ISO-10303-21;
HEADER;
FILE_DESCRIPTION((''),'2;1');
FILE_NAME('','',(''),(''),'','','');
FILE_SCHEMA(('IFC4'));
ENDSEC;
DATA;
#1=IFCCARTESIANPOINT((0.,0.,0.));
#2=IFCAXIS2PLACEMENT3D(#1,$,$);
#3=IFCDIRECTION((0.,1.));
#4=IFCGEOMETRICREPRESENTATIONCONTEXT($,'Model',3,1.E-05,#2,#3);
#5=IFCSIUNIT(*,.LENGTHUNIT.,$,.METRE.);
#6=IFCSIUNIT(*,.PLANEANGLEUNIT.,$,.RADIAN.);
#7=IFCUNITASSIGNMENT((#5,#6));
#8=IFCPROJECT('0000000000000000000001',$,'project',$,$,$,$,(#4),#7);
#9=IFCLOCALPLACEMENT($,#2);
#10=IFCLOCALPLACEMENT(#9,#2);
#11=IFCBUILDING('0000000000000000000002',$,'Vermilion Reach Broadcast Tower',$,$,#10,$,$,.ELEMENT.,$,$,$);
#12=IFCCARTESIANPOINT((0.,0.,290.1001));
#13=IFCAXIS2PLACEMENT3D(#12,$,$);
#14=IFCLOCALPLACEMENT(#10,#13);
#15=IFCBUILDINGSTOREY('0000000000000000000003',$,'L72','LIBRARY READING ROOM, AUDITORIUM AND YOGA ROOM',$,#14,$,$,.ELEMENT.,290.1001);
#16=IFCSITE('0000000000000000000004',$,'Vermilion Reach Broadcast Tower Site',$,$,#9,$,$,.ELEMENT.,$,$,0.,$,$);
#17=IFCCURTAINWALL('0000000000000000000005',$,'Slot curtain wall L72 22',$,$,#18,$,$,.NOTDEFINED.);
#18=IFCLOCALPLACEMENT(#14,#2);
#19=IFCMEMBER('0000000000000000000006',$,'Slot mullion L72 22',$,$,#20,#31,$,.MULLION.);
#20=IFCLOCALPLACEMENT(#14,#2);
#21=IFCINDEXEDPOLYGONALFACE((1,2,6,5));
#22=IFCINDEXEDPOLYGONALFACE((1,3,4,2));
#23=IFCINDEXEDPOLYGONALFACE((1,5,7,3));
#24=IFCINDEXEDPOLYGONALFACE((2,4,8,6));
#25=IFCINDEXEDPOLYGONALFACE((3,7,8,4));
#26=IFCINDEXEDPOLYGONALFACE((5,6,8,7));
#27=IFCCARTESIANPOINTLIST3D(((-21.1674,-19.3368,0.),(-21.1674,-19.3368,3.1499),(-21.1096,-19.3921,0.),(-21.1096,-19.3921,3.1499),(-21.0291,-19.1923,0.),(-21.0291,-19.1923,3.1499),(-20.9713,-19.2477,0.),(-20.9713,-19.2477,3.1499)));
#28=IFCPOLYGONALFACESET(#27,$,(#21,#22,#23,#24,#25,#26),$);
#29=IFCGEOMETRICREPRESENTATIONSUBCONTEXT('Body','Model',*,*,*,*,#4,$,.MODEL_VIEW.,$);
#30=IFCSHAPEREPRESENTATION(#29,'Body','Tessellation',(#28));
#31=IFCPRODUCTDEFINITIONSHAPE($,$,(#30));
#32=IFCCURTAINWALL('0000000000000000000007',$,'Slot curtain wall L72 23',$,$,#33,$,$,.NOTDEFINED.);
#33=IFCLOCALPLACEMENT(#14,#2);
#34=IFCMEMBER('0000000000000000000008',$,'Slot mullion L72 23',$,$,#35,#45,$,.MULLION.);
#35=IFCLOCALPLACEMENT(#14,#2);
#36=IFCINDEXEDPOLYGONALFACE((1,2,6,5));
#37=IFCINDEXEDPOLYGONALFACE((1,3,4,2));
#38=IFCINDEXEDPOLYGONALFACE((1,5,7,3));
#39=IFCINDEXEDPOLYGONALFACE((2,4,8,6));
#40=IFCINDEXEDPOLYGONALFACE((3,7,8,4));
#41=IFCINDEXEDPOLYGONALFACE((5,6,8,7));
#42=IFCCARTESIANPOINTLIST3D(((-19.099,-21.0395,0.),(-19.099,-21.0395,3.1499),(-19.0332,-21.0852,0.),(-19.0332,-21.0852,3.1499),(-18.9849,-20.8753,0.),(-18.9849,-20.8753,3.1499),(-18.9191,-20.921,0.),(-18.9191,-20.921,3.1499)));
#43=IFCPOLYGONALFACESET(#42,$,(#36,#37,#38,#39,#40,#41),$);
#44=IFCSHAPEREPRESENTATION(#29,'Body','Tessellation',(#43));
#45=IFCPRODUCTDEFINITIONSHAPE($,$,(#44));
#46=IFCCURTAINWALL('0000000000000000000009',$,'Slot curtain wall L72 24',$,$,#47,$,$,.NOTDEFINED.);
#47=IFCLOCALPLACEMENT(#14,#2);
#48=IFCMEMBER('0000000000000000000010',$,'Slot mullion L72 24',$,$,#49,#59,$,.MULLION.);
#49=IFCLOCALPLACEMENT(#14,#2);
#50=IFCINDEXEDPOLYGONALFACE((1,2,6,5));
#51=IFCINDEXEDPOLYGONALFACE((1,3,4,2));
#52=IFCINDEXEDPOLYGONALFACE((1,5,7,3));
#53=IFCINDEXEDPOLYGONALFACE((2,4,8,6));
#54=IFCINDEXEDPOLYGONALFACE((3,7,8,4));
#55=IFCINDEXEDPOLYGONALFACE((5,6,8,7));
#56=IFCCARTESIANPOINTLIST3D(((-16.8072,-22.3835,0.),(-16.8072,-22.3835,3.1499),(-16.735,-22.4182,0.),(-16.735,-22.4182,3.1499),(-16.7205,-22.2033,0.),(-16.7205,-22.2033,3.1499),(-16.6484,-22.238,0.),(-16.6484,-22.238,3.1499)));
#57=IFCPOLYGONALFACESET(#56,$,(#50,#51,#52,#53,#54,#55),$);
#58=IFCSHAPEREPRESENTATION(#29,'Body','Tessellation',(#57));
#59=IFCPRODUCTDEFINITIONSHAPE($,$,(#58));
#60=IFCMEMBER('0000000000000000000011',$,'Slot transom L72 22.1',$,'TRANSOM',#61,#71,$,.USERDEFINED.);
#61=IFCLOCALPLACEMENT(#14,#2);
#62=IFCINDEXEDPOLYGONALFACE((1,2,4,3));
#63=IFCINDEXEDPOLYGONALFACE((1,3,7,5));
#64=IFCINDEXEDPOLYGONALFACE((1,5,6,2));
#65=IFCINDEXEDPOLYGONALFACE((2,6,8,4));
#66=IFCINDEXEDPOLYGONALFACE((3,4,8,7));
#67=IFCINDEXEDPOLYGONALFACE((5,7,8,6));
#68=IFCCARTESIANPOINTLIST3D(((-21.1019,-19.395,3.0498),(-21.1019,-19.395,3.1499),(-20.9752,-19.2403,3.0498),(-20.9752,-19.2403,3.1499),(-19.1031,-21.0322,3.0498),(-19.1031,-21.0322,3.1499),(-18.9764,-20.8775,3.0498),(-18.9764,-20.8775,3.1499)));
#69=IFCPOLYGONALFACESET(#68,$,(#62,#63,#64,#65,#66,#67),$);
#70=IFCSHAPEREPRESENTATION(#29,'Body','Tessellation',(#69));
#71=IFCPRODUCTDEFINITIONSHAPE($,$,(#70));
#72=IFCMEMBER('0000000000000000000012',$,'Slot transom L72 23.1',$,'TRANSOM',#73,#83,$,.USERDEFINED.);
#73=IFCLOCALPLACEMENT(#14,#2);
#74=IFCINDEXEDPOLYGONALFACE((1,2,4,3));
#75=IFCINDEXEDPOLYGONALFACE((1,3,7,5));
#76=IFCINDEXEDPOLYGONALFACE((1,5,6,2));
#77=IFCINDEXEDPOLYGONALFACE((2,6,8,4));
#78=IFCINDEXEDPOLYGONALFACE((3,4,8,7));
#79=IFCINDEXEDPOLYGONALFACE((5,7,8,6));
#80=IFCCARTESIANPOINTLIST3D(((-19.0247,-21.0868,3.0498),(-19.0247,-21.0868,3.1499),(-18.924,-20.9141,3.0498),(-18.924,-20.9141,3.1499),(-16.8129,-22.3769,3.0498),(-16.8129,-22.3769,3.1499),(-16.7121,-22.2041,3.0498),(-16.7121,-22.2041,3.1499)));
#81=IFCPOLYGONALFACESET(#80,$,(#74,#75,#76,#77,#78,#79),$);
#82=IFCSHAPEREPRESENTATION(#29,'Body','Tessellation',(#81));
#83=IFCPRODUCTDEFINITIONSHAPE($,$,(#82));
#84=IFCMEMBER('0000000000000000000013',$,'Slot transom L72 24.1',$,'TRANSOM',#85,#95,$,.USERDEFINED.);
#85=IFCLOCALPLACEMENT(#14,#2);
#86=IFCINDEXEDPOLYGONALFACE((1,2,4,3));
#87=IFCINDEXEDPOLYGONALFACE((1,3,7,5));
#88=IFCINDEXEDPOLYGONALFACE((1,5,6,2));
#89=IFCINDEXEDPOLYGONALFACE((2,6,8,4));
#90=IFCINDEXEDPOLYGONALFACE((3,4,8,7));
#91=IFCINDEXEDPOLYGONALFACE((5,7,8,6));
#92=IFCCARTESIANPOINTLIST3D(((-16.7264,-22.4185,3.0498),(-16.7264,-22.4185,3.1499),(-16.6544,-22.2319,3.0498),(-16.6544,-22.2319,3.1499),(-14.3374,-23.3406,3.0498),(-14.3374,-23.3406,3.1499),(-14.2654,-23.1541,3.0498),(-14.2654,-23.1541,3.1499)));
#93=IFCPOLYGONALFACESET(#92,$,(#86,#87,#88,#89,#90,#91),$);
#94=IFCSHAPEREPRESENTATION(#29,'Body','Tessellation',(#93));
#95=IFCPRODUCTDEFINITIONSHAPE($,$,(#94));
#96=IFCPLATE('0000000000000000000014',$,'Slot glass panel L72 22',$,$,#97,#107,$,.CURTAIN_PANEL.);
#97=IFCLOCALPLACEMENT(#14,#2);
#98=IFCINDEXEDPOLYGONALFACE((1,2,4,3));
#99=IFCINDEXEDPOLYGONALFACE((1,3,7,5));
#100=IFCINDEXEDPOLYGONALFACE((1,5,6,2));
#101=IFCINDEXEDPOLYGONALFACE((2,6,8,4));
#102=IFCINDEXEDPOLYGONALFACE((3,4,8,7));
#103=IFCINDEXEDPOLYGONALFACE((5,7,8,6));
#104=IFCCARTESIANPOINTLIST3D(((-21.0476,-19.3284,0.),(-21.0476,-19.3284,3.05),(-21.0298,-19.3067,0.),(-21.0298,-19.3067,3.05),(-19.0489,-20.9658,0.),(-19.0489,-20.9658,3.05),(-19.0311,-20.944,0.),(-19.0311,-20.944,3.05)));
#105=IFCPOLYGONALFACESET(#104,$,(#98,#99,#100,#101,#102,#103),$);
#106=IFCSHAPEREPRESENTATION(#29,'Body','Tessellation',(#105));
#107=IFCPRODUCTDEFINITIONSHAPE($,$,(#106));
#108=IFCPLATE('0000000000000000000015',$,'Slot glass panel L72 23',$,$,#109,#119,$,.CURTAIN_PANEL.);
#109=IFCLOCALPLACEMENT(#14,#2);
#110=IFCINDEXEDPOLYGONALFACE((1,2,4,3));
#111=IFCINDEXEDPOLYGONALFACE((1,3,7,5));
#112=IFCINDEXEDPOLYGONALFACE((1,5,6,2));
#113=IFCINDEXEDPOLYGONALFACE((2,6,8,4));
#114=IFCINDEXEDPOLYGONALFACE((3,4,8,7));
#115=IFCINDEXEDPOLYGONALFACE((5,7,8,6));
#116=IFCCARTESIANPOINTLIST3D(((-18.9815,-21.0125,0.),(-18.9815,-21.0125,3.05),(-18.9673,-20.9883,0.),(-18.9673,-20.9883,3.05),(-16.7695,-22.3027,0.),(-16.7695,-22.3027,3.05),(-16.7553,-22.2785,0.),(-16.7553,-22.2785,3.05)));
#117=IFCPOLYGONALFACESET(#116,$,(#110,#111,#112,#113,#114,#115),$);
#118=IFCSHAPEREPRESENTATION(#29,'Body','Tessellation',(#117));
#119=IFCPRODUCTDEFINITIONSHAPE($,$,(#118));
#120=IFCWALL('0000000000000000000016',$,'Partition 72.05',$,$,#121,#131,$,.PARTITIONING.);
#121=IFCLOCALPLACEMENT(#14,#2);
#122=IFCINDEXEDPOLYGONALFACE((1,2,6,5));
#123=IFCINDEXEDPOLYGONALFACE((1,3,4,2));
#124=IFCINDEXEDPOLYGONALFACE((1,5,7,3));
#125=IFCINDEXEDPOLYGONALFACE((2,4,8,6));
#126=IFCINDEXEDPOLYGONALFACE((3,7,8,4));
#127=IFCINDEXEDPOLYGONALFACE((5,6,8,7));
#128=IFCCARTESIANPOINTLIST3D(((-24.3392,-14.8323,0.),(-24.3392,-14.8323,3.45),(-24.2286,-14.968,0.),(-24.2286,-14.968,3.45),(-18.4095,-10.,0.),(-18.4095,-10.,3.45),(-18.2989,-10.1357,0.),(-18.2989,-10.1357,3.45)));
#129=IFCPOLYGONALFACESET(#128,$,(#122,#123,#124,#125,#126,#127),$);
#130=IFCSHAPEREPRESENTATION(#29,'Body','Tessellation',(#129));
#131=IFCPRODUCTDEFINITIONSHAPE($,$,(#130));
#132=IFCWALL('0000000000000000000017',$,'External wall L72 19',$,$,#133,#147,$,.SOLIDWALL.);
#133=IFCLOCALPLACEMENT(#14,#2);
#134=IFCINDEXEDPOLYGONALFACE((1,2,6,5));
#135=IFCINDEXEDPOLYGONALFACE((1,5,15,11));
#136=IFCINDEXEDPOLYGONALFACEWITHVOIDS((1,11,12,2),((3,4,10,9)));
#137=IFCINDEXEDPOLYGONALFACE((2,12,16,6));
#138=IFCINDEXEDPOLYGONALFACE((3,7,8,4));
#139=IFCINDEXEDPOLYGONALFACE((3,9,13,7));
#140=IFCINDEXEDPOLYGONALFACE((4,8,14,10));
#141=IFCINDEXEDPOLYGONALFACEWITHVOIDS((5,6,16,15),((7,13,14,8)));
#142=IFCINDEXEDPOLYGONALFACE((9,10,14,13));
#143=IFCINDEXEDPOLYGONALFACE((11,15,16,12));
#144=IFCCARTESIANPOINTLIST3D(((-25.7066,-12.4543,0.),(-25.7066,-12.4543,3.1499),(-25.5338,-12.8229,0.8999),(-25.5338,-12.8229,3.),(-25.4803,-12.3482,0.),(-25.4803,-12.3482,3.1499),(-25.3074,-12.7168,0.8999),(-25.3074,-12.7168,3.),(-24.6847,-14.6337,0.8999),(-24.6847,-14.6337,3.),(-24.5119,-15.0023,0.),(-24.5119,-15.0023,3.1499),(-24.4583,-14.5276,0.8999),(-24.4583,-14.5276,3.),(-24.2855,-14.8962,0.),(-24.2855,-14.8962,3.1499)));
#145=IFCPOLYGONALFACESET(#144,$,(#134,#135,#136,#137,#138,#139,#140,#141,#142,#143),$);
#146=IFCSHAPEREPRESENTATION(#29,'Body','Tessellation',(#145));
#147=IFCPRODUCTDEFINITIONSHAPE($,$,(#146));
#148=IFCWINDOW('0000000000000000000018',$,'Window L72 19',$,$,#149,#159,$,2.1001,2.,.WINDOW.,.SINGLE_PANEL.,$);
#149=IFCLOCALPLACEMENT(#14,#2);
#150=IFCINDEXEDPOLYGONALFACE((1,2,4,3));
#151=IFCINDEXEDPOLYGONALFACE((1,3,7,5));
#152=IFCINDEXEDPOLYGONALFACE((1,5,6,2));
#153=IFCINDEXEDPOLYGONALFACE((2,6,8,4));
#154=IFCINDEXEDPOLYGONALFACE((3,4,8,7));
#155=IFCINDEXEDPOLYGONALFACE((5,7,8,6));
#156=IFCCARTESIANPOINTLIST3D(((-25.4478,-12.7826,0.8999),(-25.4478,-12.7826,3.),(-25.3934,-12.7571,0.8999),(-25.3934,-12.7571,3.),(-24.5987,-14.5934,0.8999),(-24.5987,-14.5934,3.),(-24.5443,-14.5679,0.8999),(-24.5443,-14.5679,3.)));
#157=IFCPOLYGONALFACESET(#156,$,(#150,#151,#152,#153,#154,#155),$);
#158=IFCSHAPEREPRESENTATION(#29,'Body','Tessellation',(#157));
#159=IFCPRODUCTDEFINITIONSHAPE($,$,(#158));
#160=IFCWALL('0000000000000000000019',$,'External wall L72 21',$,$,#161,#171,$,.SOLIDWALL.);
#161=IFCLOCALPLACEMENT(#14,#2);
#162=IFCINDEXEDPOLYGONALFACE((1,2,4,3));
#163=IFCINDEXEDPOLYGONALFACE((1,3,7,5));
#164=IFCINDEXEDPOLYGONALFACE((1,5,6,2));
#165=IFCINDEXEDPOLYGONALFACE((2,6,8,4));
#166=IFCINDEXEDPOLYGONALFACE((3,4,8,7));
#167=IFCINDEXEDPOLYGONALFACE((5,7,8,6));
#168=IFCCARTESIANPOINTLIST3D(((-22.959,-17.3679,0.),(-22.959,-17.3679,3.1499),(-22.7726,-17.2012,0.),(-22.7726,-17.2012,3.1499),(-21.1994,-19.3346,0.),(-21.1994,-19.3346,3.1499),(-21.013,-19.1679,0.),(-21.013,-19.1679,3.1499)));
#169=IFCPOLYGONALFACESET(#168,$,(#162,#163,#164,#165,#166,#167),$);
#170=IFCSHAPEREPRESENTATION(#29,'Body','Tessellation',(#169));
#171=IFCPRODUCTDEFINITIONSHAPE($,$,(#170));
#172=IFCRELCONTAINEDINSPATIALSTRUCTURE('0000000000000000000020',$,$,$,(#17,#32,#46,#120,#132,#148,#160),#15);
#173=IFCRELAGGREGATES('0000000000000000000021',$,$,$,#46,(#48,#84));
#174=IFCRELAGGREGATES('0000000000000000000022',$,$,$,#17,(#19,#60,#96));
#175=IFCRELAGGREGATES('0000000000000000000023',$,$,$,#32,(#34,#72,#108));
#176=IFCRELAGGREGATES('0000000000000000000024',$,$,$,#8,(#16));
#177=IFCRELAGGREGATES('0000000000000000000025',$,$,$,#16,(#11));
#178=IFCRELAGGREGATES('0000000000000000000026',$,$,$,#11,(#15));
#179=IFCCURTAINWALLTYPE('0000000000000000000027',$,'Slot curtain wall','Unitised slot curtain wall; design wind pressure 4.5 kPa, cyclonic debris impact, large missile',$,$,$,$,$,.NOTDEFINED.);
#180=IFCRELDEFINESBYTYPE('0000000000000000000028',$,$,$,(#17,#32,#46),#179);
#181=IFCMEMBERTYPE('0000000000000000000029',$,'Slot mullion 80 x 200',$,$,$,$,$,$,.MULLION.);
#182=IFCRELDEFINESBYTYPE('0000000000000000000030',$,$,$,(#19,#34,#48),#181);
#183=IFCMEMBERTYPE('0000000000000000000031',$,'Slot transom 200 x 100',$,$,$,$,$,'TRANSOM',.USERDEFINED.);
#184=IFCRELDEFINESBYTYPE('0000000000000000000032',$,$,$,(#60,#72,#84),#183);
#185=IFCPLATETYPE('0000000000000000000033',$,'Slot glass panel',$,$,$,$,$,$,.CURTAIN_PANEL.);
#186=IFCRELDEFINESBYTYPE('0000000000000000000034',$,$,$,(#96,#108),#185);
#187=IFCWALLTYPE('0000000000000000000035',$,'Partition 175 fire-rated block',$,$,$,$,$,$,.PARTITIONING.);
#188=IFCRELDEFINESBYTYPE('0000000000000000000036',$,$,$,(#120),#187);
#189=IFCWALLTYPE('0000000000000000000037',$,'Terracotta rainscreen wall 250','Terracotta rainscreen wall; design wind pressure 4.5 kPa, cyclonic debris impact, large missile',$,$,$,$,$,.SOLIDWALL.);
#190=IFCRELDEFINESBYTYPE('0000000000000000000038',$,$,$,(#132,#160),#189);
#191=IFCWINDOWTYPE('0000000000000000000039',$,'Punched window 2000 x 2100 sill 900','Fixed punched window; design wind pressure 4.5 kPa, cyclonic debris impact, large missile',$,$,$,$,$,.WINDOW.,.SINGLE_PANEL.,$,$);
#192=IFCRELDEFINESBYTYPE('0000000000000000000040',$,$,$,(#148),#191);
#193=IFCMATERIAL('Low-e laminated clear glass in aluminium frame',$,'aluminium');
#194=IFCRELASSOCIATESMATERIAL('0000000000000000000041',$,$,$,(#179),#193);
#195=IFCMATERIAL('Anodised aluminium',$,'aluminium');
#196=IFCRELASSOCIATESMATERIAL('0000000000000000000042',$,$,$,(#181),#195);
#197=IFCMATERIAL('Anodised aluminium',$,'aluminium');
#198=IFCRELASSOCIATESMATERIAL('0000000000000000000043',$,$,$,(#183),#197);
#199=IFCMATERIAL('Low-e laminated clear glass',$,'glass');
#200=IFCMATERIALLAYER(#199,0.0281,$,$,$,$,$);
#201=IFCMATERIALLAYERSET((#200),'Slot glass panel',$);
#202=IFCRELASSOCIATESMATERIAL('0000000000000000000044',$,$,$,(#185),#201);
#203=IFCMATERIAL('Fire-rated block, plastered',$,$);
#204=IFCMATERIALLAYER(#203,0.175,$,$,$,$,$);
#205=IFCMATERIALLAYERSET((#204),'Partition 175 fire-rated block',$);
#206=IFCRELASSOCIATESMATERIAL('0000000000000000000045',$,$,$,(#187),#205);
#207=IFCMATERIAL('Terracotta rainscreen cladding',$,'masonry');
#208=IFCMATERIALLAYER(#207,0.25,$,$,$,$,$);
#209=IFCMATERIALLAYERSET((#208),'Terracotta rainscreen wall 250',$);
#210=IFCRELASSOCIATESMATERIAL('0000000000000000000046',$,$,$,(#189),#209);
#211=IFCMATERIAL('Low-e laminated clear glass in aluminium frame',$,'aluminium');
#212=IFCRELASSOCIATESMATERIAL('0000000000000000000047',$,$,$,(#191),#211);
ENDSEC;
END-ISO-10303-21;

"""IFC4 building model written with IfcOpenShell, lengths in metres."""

from ifc_helpers import new_model, si_unit, direction, frame, frame_2d, origin, origin_2d, place, context, subcontext, project, spatial, rectangle, extrude, material, layer, layer_set, material_profile, profile_set, type_object, element, fill, aggregate, save


model = new_model("IFC4")

# Units and contexts
model_context = context("Model", 3, precision=1e-05, world=origin(), true_north=direction((0.0, 1.0)))
body_context = subcontext(model_context, "Body", "Model", "MODEL_VIEW")
ifc_project = project(units=[si_unit("LENGTHUNIT", "METRE"), si_unit("PLANEANGLEUNIT", "RADIAN")], contexts=[model_context])

# Site, building, storey
site_placement = place(None, origin())
site = spatial("IfcSite", under=ifc_project, at=site_placement, Name="Vermilion Reach Broadcast Tower Site", CompositionType="ELEMENT", RefElevation=0.0)
building_placement = place(site_placement, origin())
building = spatial("IfcBuilding", under=site, at=building_placement, Name="Vermilion Reach Broadcast Tower", CompositionType="ELEMENT")
storey_placement = place(building_placement, frame((0.0, 0.0, 290.1001)))
storey = spatial("IfcBuildingStorey", under=building, at=storey_placement, Name="L72", Description="LIBRARY READING ROOM, AUDITORIUM AND YOGA ROOM", CompositionType="ELEMENT", Elevation=290.1001)

# Curtain walls, members
ifc_material_1 = material(Name="Low-e laminated clear glass in aluminium frame", Category="aluminium")
curtain_wall_type = type_object("IfcCurtainWallType", Name="Slot curtain wall", Description="Unitised slot curtain wall; design wind pressure 4.5 kPa, cyclonic debris impact, large missile", PredefinedType="NOTDEFINED", material=ifc_material_1)
placement = place(storey_placement, origin())
curtain_wall_1 = element("IfcCurtainWall", 1, at=placement, inside=storey, type_object=curtain_wall_type, Name="Slot curtain wall L72 22", PredefinedType="NOTDEFINED")
ifc_material_2 = material(Name="Anodised aluminium", Category="aluminium")
ifc_material_profile_1 = material_profile(ifc_material_2, rectangle(XDim=0.2, YDim=0.0801, at=origin_2d()), Name="Slot mullion 80 x 200")
ifc_profile_set_1 = profile_set([ifc_material_profile_1], Name="Anodised aluminium")
member_type_1 = type_object("IfcMemberType", Name="Slot mullion 80 x 200", PredefinedType="MULLION", material=ifc_profile_set_1)
member_1_placement = place(storey_placement, frame((-21.0693, -19.2922, 0.0), z_axis=(0.0, 0.0, 1.0), x_axis=(0.691557, 0.722322, 0.0)))
member_1 = element("IfcMember", 2, at=member_1_placement, type_object=member_type_1, Name="Slot mullion L72 22", PredefinedType="MULLION", context=body_context, shape_type="SweptSolid", body=[
    extrude(rectangle(XDim=0.2, YDim=0.0801, at=origin_2d()), origin(), (0.0, 0.0, 1.0), 3.1499),
])
curtain_wall_2 = element("IfcCurtainWall", 3, at=placement, inside=storey, type_object=curtain_wall_type, Name="Slot curtain wall L72 23", PredefinedType="NOTDEFINED")
member_2_placement = place(storey_placement, frame((-19.009, -20.9802, 0.0), z_axis=(0.0, 0.0, 1.0), x_axis=(0.570555, 0.82126, 0.0)))
member_2 = element("IfcMember", 4, at=member_2_placement, type_object=member_type_1, Name="Slot mullion L72 23", PredefinedType="MULLION", context=body_context, shape_type="SweptSolid", body=[
    extrude(rectangle(XDim=0.2, YDim=0.0801, at=origin_2d()), origin(), (0.0, 0.0, 1.0), 3.1499),
])
curtain_wall_3 = element("IfcCurtainWall", 5, at=placement, inside=storey, type_object=curtain_wall_type, Name="Slot curtain wall L72 24", PredefinedType="NOTDEFINED")
member_3_placement = place(storey_placement, frame((-16.7278, -22.3108, 0.0), z_axis=(0.0, 0.0, 1.0), x_axis=(0.433345, 0.901228, 0.0)))
member_3 = element("IfcMember", 6, at=member_3_placement, type_object=member_type_1, Name="Slot mullion L72 24", PredefinedType="MULLION", context=body_context, shape_type="SweptSolid", body=[
    extrude(rectangle(XDim=0.2, YDim=0.0801, at=origin_2d()), origin(), (0.0, 0.0, 1.0), 3.1499),
])

# Members
ifc_material_3 = material(Name="Anodised aluminium", Category="aluminium")
ifc_material_profile_2 = material_profile(ifc_material_3, rectangle(XDim=0.2, YDim=0.1001, at=origin_2d()), Name="Slot transom 200 x 100")
ifc_profile_set_2 = profile_set([ifc_material_profile_2], Name="Anodised aluminium")
member_type_2 = type_object("IfcMemberType", Name="Slot transom 200 x 100", ElementType="TRANSOM", PredefinedType="USERDEFINED", material=ifc_profile_set_2)
member_4_placement = place(storey_placement, frame((-21.0386, -19.3176, 3.0999), z_axis=(0.773608, -0.633665, 0.0), x_axis=(0.633665, 0.773608, 0.0)))
member_4 = element("IfcMember", 7, at=member_4_placement, type_object=member_type_2, Name="Slot transom L72 22.1", ObjectType="TRANSOM", PredefinedType="USERDEFINED", context=body_context, shape_type="SweptSolid", body=[
    extrude(rectangle(XDim=0.2, YDim=0.1001, at=origin_2d()), origin(), (0.0, 0.0, 1.0), 2.5837),
])
member_5_placement = place(storey_placement, frame((-18.9744, -21.0005, 3.0999), z_axis=(0.86382, -0.5038, 0.0), x_axis=(0.5038, 0.86382, 0.0)))
member_5 = element("IfcMember", 8, at=member_5_placement, type_object=member_type_2, Name="Slot transom L72 23.1", ObjectType="TRANSOM", PredefinedType="USERDEFINED", context=body_context, shape_type="SweptSolid", body=[
    extrude(rectangle(XDim=0.2, YDim=0.1001, at=origin_2d()), origin(), (0.0, 0.0, 1.0), 2.5605),
])
member_6_placement = place(storey_placement, frame((-16.6904, -22.3252, 3.0999), z_axis=(0.932912, -0.360103, 0.0), x_axis=(0.360103, 0.932912, 0.0)))
member_6 = element("IfcMember", 9, at=member_6_placement, type_object=member_type_2, Name="Slot transom L72 24.1", ObjectType="TRANSOM", PredefinedType="USERDEFINED", context=body_context, shape_type="SweptSolid", body=[
    extrude(rectangle(XDim=0.2, YDim=0.1001, at=origin_2d()), origin(), (0.0, 0.0, 1.0), 2.5608),
])
aggregate(curtain_wall_3, [member_3, member_6])

# Plates
ifc_material_4 = material(Name="Low-e laminated clear glass", Category="glass")
ifc_layer_1 = layer(ifc_material_4, 0.0281)
ifc_layer_set_1 = layer_set([ifc_layer_1], Name="Slot glass panel")
plate_type = type_object("IfcPlateType", Name="Slot glass panel", PredefinedType="CURTAIN_PANEL", material=ifc_layer_set_1)
plate_1_placement = place(storey_placement, frame((-20.0393, -20.1362, 0.0), z_axis=(0.0, 0.0, 1.0), x_axis=(0.773568, -0.633713, 0.0)))
plate_1 = element("IfcPlate", 10, at=plate_1_placement, type_object=plate_type, Name="Slot glass panel L72 22", PredefinedType="CURTAIN_PANEL", context=body_context, shape_type="SweptSolid", body=[
    extrude(rectangle(XDim=2.5837, YDim=0.0281, at=origin_2d()), origin(), (0.0, 0.0, 1.0), 3.05),
])
aggregate(curtain_wall_1, [member_1, member_4, plate_1])
plate_2_placement = place(storey_placement, frame((-17.8684, -21.6455, 0.0), z_axis=(0.0, 0.0, 1.0), x_axis=(0.863807, -0.503823, 0.0)))
plate_2 = element("IfcPlate", 11, at=plate_2_placement, type_object=plate_type, Name="Slot glass panel L72 23", PredefinedType="CURTAIN_PANEL", context=body_context, shape_type="SweptSolid", body=[
    extrude(rectangle(XDim=2.5608, YDim=0.0281, at=origin_2d()), origin(), (0.0, 0.0, 1.0), 3.05),
])
aggregate(curtain_wall_2, [member_2, member_5, plate_2])

# Wall
ifc_material_5 = material(Name="Fire-rated block, plastered")
ifc_layer_2 = layer(ifc_material_5, 0.175)
ifc_layer_set_2 = layer_set([ifc_layer_2], Name="Partition 175 fire-rated block")
wall_type_1 = type_object("IfcWallType", Name="Partition 175 fire-rated block", PredefinedType="PARTITIONING", material=ifc_layer_set_2)
wall_1_placement = place(storey_placement, frame((-24.2839, -14.9001, 0.0), z_axis=(0.0, 0.0, 1.0), x_axis=(0.775192, 0.631726, 0.0)))
element("IfcWall", 12, at=wall_1_placement, inside=storey, type_object=wall_type_1, Name="Partition 72.05", PredefinedType="PARTITIONING", context=body_context, shape_type="SweptSolid", body=[
    extrude(rectangle(XDim=7.6494, YDim=0.175, at=frame_2d((3.8247, 0.0))), origin(), (0.0, 0.0, 1.0), 3.45),
])

# Wall, opening, window
ifc_material_6 = material(Name="Terracotta rainscreen cladding", Category="masonry")
ifc_layer_3 = layer(ifc_material_6, 0.25)
ifc_layer_set_3 = layer_set([ifc_layer_3], Name="Terracotta rainscreen wall 250")
wall_type_2 = type_object("IfcWallType", Name="Terracotta rainscreen wall 250", Description="Terracotta rainscreen wall; design wind pressure 4.5 kPa, cyclonic debris impact, large missile", PredefinedType="SOLIDWALL", material=ifc_layer_set_3)
wall_2_placement = place(storey_placement, frame((-25.5935, -12.4011, 0.0), z_axis=(0.0, 0.0, 1.0), x_axis=(0.424552, -0.905404, 0.0)))
wall_2 = element("IfcWall", 13, at=wall_2_placement, inside=storey, type_object=wall_type_2, Name="External wall L72 19", PredefinedType="SOLIDWALL", context=body_context, shape_type="SweptSolid", body=[
    extrude(rectangle(XDim=2.8142, YDim=0.25, at=frame_2d((1.4072, 0.0))), origin(), (0.0, 0.0, 1.0), 3.1499),
])
opening_1_placement = place(wall_2_placement, frame((0.4072, 0.0, 0.8999)))
opening_1 = element("IfcOpeningElement", 14, at=opening_1_placement, cuts=wall_2, PredefinedType="OPENING", context=body_context, shape_type="SweptSolid", body=[
    extrude(rectangle(XDim=2.0, YDim=2.1001, at=frame_2d((1.0, 1.05))), frame((0.0, 0.135, 0.0), z_axis=(0.0, -1.0, 0.0), x_axis=(1.0, 0.0, 0.0)), (0.0, 0.0, 1.0), 0.27),
])
ifc_material_7 = material(Name="Low-e laminated clear glass in aluminium frame", Category="aluminium")
window_type = type_object("IfcWindowType", Name="Punched window 2000 x 2100 sill 900", Description="Fixed punched window; design wind pressure 4.5 kPa, cyclonic debris impact, large missile", PartitioningType="SINGLE_PANEL", PredefinedType="WINDOW", material=ifc_material_7)
window_placement = place(opening_1_placement, origin())
window = element("IfcWindow", 15, at=window_placement, inside=storey, type_object=window_type, Name="Window L72 19", OverallHeight=2.1001, OverallWidth=2.0, PartitioningType="SINGLE_PANEL", PredefinedType="WINDOW", context=body_context, shape_type="SweptSolid", body=[
    extrude(rectangle(XDim=2.0, YDim=2.1001, at=frame_2d((1.0, 1.05))), frame((0.0, 0.03, 0.0), z_axis=(0.0, -1.0, 0.0), x_axis=(1.0, 0.0, 0.0)), (0.0, 0.0, 1.0), 0.0601),
])
fill(opening_1, window)

# Wall
wall_3_placement = place(storey_placement, frame((-22.8657, -17.2847, 0.0), z_axis=(0.0, 0.0, 1.0), x_axis=(0.666789, -0.745246, 0.0)))
element("IfcWall", 16, at=wall_3_placement, inside=storey, type_object=wall_type_2, Name="External wall L72 21", PredefinedType="SOLIDWALL", context=body_context, shape_type="SweptSolid", body=[
    extrude(rectangle(XDim=2.6389, YDim=0.25, at=frame_2d((1.3193, 0.0))), origin(), (0.0, 0.0, 1.0), 3.1499),
])

save(model, "model.ifc")
